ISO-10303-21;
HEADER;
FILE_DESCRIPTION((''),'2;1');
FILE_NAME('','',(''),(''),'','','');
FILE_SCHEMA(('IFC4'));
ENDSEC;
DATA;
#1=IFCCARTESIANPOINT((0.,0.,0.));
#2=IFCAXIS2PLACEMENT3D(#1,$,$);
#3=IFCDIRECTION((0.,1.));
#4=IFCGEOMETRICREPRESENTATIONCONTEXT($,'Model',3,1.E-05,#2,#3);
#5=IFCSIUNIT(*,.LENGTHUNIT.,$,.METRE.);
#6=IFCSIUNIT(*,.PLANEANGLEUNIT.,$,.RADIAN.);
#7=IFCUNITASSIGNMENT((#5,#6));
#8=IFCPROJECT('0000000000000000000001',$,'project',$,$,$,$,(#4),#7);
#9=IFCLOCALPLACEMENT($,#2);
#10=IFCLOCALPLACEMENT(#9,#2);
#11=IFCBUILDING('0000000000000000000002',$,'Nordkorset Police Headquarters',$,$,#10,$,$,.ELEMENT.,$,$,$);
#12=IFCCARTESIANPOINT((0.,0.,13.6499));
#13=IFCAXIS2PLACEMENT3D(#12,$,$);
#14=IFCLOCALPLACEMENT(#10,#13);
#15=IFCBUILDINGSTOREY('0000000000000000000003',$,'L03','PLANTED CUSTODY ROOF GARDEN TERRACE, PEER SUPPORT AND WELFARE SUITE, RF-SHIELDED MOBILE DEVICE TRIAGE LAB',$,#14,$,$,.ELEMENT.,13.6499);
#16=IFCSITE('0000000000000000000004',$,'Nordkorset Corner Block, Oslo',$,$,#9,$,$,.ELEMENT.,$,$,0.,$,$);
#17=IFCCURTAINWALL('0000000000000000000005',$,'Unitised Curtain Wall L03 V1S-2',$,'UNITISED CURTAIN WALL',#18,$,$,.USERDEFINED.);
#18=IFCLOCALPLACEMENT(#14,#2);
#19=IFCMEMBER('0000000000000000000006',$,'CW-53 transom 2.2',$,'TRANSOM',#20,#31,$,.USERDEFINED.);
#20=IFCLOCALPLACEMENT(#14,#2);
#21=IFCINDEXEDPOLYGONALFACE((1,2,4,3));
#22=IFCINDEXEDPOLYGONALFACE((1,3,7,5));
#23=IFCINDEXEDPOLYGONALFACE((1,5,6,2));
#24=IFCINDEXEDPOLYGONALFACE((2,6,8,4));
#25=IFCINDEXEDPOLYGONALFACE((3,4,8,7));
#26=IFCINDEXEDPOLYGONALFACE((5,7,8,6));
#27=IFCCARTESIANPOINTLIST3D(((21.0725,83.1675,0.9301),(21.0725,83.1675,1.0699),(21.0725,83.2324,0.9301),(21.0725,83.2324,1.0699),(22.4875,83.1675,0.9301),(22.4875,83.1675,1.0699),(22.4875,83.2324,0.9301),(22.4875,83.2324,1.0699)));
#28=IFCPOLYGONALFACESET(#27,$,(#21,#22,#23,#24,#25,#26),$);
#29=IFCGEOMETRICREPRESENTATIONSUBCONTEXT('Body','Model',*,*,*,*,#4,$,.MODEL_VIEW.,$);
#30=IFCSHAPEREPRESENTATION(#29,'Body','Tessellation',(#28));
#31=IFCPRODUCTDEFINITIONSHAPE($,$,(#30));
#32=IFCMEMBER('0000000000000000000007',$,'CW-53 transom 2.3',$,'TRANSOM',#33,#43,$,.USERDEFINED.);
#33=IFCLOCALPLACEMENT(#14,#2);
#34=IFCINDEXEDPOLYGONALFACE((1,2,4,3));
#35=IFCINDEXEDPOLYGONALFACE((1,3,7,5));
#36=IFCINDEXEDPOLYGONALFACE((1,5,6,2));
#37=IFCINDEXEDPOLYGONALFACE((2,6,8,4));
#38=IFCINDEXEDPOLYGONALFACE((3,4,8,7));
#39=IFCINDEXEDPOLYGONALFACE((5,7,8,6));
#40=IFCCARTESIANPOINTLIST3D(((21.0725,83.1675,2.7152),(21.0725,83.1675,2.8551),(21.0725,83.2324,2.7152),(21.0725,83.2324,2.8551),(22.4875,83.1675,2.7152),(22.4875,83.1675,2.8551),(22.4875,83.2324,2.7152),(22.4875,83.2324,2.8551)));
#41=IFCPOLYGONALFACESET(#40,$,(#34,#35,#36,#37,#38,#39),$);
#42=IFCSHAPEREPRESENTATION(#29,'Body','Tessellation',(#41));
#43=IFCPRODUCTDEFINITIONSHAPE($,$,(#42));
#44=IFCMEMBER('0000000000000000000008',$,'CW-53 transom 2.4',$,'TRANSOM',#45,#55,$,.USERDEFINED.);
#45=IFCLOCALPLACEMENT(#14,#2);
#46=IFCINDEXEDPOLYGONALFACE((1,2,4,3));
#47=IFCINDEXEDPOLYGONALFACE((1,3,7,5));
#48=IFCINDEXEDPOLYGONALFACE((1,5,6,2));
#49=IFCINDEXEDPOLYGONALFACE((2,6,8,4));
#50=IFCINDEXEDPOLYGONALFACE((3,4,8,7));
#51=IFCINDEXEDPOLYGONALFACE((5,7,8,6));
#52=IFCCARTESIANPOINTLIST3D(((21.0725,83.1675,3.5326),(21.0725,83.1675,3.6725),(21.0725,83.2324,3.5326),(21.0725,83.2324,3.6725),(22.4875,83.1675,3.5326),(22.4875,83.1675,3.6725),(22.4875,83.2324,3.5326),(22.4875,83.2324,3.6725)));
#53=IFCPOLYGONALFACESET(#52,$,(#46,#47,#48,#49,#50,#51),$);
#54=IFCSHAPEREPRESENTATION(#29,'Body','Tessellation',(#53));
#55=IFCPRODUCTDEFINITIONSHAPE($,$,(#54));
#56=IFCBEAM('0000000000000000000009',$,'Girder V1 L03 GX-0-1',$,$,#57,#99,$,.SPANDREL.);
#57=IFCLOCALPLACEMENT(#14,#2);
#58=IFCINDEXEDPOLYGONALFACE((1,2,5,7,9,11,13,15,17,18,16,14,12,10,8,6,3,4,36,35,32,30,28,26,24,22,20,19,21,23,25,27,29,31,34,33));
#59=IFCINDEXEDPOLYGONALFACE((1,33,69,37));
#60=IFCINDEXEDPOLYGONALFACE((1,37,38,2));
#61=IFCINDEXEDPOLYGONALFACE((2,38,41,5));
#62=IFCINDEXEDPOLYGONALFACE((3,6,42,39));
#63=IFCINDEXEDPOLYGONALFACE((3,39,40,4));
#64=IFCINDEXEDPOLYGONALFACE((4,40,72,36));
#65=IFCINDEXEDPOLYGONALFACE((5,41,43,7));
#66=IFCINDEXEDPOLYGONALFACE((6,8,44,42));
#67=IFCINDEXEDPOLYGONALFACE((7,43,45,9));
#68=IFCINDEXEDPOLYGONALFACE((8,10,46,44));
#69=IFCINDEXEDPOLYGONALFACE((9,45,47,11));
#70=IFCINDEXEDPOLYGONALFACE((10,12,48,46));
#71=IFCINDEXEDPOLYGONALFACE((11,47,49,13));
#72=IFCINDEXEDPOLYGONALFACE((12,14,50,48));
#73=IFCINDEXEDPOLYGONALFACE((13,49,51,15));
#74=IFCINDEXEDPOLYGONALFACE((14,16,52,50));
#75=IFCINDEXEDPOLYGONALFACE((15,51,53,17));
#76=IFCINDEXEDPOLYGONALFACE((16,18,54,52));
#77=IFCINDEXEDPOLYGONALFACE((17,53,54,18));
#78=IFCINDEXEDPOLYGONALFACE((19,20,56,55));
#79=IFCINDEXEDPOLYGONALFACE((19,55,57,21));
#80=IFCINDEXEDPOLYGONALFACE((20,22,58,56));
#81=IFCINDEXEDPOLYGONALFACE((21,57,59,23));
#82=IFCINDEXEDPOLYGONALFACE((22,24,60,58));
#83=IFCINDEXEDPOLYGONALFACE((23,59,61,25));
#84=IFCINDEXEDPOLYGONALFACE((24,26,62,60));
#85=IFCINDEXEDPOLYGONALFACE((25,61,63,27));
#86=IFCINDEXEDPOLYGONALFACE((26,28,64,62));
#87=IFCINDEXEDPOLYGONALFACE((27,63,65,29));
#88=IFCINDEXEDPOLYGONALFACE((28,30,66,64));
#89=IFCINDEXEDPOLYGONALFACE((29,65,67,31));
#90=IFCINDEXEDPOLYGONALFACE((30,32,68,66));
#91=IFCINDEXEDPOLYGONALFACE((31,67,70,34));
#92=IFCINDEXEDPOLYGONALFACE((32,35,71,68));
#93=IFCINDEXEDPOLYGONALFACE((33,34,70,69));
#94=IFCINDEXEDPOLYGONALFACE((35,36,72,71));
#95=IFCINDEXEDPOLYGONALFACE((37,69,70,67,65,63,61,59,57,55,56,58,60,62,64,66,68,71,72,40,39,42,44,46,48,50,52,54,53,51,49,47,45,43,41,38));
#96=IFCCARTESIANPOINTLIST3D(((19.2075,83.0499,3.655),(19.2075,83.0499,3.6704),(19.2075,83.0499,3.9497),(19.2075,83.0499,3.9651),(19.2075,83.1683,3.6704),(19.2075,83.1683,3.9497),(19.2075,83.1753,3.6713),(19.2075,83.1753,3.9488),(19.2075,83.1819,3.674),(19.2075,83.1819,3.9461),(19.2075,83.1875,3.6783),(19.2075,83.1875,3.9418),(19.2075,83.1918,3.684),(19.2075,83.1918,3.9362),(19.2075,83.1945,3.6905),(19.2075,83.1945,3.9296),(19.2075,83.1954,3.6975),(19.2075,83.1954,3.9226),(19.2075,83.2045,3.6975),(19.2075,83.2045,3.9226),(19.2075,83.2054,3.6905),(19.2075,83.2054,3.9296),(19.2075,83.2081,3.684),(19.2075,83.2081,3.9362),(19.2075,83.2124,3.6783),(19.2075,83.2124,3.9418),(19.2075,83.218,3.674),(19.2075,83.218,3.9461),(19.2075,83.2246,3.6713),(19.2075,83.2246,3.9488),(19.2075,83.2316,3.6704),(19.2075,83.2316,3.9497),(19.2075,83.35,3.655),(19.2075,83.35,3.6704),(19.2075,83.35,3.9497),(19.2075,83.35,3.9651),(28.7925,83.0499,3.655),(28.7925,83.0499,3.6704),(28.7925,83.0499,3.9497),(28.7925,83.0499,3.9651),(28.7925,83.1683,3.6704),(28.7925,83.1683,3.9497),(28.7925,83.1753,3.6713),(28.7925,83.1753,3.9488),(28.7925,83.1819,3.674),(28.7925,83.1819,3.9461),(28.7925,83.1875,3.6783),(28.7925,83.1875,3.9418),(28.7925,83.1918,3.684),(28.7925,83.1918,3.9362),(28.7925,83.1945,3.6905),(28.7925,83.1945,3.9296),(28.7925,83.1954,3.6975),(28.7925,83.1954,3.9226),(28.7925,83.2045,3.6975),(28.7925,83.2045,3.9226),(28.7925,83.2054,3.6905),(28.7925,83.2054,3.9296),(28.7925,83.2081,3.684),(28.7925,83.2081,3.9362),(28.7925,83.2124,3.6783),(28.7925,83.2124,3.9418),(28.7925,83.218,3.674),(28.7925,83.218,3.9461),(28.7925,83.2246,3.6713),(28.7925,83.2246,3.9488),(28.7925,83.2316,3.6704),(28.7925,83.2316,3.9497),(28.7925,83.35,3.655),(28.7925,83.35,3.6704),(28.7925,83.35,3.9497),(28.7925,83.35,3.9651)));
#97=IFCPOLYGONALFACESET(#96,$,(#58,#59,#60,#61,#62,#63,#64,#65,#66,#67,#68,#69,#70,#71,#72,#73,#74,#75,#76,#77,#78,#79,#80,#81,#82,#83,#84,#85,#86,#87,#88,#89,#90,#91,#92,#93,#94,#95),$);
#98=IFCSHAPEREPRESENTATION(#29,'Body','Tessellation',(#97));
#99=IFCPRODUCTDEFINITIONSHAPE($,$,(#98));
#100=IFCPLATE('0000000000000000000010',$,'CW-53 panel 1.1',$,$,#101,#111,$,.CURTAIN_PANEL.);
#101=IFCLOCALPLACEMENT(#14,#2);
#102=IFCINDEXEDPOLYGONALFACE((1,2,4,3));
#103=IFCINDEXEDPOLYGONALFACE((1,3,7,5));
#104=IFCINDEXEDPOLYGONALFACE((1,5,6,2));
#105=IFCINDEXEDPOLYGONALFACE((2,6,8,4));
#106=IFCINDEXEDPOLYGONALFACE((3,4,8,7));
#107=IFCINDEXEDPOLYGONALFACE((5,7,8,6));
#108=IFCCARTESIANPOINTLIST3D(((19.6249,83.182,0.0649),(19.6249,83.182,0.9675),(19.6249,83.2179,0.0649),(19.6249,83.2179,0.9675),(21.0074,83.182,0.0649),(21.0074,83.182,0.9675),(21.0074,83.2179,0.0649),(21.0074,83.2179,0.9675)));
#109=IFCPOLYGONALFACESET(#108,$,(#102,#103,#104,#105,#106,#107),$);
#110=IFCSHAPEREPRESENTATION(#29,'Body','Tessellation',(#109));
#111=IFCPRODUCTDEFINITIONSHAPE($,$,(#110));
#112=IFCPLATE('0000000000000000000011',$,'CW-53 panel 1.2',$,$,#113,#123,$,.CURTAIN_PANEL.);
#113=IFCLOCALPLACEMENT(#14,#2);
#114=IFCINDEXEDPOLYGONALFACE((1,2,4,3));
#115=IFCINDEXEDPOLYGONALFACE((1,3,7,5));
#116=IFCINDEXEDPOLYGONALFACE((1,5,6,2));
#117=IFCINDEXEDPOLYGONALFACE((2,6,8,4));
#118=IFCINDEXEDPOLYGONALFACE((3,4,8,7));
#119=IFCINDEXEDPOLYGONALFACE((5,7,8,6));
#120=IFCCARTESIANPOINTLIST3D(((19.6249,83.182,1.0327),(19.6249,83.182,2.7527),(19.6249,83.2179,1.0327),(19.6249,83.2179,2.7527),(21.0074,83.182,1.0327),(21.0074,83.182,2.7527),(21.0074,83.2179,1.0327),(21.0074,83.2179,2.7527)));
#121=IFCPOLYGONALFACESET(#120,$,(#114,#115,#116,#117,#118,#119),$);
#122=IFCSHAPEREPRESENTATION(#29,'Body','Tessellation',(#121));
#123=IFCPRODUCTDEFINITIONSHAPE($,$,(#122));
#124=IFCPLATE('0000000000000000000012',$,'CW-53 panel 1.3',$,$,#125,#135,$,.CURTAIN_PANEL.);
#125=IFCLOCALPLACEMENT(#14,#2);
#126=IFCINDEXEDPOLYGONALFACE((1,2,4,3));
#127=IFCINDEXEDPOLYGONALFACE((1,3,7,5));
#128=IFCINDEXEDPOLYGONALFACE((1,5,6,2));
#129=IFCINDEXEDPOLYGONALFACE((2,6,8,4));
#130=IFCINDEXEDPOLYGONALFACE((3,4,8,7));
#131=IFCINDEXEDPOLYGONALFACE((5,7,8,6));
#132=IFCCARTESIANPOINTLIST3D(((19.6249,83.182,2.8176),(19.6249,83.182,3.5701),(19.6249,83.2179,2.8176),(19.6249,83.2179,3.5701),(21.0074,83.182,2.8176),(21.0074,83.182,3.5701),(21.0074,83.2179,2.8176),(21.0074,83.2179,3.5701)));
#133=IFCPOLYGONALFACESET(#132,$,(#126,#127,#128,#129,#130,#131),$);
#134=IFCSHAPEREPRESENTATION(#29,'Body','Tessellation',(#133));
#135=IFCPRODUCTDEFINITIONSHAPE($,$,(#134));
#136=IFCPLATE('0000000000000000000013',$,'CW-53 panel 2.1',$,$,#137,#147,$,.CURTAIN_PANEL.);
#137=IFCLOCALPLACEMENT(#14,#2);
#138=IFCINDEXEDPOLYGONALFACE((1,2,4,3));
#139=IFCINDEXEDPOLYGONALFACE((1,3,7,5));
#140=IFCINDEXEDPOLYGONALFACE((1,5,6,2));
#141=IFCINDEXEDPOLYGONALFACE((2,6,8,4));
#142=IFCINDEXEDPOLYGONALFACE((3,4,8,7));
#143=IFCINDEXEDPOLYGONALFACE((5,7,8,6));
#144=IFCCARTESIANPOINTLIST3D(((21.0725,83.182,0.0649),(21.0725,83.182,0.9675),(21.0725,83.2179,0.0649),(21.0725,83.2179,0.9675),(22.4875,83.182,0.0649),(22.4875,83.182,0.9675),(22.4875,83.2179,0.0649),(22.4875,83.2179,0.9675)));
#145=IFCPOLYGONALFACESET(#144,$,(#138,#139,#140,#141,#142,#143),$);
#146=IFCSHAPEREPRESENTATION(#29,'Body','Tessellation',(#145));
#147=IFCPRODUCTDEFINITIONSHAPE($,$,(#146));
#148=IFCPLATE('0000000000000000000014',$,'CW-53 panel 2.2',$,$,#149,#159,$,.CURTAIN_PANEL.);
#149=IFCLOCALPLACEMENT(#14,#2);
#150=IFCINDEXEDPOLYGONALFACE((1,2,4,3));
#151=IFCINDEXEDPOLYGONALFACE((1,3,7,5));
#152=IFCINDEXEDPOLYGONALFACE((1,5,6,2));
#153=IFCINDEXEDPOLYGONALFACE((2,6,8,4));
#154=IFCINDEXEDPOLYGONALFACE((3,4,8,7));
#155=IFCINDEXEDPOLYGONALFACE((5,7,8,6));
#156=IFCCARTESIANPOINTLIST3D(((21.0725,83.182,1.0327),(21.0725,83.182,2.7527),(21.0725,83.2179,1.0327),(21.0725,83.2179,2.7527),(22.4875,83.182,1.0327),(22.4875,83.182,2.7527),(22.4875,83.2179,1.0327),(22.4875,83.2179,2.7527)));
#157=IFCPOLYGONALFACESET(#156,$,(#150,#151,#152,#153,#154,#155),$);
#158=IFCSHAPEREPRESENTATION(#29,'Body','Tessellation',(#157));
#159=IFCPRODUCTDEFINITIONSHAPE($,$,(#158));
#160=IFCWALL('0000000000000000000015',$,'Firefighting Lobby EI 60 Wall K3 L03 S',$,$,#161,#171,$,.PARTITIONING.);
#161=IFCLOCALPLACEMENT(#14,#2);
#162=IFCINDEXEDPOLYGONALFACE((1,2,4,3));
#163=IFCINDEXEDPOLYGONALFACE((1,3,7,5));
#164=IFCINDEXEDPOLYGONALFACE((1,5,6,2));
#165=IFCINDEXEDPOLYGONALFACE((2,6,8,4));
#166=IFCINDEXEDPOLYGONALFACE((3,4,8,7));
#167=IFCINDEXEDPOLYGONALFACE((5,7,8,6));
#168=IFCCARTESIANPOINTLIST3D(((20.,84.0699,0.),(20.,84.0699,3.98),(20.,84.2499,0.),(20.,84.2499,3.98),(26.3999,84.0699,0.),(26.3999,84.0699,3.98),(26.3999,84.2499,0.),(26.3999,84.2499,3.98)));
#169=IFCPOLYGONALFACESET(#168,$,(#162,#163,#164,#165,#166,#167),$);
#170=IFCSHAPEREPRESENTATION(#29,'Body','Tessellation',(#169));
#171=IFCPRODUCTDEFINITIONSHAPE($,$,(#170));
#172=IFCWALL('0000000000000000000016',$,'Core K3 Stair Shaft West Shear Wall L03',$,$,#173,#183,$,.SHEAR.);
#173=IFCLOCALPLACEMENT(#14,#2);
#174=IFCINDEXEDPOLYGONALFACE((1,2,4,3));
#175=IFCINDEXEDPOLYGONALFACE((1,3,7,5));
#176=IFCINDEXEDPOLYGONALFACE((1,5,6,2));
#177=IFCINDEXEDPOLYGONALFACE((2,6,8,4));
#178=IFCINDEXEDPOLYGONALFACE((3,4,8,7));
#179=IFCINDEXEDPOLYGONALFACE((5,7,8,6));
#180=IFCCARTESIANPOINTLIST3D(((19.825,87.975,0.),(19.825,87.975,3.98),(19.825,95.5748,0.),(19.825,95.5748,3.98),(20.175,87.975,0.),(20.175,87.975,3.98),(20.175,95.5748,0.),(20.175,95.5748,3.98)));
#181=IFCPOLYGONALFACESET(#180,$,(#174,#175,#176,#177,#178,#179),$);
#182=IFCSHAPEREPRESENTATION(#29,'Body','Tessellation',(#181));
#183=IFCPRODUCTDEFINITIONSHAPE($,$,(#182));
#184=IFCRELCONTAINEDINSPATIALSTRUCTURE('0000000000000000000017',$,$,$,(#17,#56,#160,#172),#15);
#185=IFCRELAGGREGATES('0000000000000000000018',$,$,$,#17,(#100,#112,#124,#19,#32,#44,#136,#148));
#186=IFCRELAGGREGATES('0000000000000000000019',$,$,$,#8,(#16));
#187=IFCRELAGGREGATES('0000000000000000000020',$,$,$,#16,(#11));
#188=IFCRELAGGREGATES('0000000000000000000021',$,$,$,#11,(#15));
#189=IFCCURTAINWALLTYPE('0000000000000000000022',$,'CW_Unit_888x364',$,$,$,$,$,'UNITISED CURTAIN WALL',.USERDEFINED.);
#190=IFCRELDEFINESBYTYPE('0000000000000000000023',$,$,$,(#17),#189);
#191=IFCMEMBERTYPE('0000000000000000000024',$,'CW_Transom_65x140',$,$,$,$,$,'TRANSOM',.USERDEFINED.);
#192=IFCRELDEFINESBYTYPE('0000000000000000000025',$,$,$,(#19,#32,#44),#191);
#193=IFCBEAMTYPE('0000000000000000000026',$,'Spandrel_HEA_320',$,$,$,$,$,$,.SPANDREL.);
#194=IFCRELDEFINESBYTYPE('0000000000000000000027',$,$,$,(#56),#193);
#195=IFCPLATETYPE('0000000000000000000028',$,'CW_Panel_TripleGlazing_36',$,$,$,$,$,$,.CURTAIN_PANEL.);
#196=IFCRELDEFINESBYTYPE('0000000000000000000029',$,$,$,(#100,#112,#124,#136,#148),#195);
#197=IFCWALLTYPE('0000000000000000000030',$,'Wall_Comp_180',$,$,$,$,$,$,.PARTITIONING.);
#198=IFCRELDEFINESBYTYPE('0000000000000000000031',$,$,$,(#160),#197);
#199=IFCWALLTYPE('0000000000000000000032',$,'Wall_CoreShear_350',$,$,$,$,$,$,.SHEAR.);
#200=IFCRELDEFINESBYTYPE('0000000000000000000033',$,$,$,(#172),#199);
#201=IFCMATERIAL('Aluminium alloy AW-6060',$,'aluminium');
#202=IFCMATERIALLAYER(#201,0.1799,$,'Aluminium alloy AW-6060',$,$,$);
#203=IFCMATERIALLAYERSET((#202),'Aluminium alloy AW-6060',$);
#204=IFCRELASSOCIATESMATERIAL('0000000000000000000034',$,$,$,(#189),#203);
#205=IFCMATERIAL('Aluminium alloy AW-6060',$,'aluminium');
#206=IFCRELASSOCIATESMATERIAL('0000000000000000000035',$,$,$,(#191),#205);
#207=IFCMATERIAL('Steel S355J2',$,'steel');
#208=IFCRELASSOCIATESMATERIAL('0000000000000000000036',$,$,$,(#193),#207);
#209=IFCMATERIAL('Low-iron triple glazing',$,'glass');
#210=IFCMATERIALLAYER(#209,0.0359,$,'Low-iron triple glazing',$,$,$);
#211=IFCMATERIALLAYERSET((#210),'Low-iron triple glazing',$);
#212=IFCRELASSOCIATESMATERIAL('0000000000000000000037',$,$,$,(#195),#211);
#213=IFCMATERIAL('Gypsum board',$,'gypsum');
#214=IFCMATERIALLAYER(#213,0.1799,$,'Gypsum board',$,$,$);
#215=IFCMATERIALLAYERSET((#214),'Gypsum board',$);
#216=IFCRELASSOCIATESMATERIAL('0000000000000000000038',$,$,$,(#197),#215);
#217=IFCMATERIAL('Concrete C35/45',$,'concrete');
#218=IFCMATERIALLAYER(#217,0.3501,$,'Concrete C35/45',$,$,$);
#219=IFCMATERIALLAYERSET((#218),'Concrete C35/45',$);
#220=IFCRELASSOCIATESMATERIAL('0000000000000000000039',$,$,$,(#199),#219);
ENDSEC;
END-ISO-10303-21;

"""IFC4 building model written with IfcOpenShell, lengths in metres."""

from ifc_helpers import new_model, si_unit, direction, frame, frame_2d, origin, origin_2d, place, context, subcontext, project, spatial, rectangle, i_section, extrude, material, layer, layer_set, material_profile, profile_set, type_object, element, aggregate, save


model = new_model("IFC4")

# Units and contexts
model_context = context("Model", 3, precision=1e-05, world=origin(), true_north=direction((0.0, 1.0)))
body_context = subcontext(model_context, "Body", "Model", "MODEL_VIEW")
ifc_project = project(units=[si_unit("LENGTHUNIT", "METRE"), si_unit("PLANEANGLEUNIT", "RADIAN")], contexts=[model_context])

# Site, building, storey
site_placement = place(None, origin())
site = spatial("IfcSite", under=ifc_project, at=site_placement, Name="Nordkorset Corner Block, Oslo", CompositionType="ELEMENT", RefElevation=0.0)
building_placement = place(site_placement, origin())
building = spatial("IfcBuilding", under=site, at=building_placement, Name="Nordkorset Police Headquarters", CompositionType="ELEMENT")
storey_placement = place(building_placement, frame((0.0, 0.0, 13.6499)))
storey = spatial("IfcBuildingStorey", under=building, at=storey_placement, Name="L03", Description="PLANTED CUSTODY ROOF GARDEN TERRACE, PEER SUPPORT AND WELFARE SUITE, RF-SHIELDED MOBILE DEVICE TRIAGE LAB", CompositionType="ELEMENT", Elevation=13.6499)

# Curtain wall, members
ifc_material_1 = material(Name="Aluminium alloy AW-6060", Category="aluminium")
ifc_layer_1 = layer(ifc_material_1, 0.1799, Name="Aluminium alloy AW-6060")
ifc_layer_set_1 = layer_set([ifc_layer_1], Name="Aluminium alloy AW-6060")
curtain_wall_type = type_object("IfcCurtainWallType", Name="CW_Unit_888x364", ElementType="UNITISED CURTAIN WALL", PredefinedType="USERDEFINED", material=ifc_layer_set_1)
curtain_wall_placement = place(storey_placement, origin())
curtain_wall = element("IfcCurtainWall", 1, at=curtain_wall_placement, inside=storey, type_object=curtain_wall_type, Name="Unitised Curtain Wall L03 V1S-2", ObjectType="UNITISED CURTAIN WALL", PredefinedType="USERDEFINED")
ifc_material_2 = material(Name="Aluminium alloy AW-6060", Category="aluminium")
ifc_material_profile_1 = material_profile(ifc_material_2, rectangle(XDim=0.0649, YDim=0.1399, at=origin_2d()), Name="ALU TRAN 65x140")
ifc_profile_set_1 = profile_set([ifc_material_profile_1], Name="Aluminium alloy AW-6060")
member_type_1 = type_object("IfcMemberType", Name="CW_Transom_65x140", ElementType="TRANSOM", PredefinedType="USERDEFINED", material=ifc_profile_set_1)
member_1_placement = place(storey_placement, frame((21.0725, 83.2, 1.0), z_axis=(1.0, 0.0, 0.0), x_axis=(0.0, 1.0, 0.0)))
member_1 = element("IfcMember", 2, at=member_1_placement, type_object=member_type_1, Name="CW-53 transom 2.2", ObjectType="TRANSOM", PredefinedType="USERDEFINED", context=body_context, shape_type="SweptSolid", body=[
    extrude(rectangle(XDim=0.0649, YDim=0.1399, at=origin_2d()), origin(), (0.0, 0.0, 1.0), 1.415),
])
member_2_placement = place(storey_placement, frame((21.0725, 83.2, 2.7852), z_axis=(1.0, 0.0, 0.0), x_axis=(0.0, 1.0, 0.0)))
member_2 = element("IfcMember", 3, at=member_2_placement, type_object=member_type_1, Name="CW-53 transom 2.3", ObjectType="TRANSOM", PredefinedType="USERDEFINED", context=body_context, shape_type="SweptSolid", body=[
    extrude(rectangle(XDim=0.0649, YDim=0.1399, at=origin_2d()), origin(), (0.0, 0.0, 1.0), 1.415),
])
member_3_placement = place(storey_placement, frame((21.0725, 83.2, 3.6025), z_axis=(1.0, 0.0, 0.0), x_axis=(0.0, 1.0, 0.0)))
member_3 = element("IfcMember", 4, at=member_3_placement, type_object=member_type_1, Name="CW-53 transom 2.4", ObjectType="TRANSOM", PredefinedType="USERDEFINED", context=body_context, shape_type="SweptSolid", body=[
    extrude(rectangle(XDim=0.0649, YDim=0.1399, at=origin_2d()), origin(), (0.0, 0.0, 1.0), 1.415),
])

# Beam
ifc_material_3 = material(Name="Steel S355J2", Category="steel")
ifc_material_profile_2 = material_profile(ifc_material_3, i_section(OverallWidth=0.3, OverallDepth=0.3101, WebThickness=0.009, FlangeThickness=0.0154, FilletRadius=0.0271, at=origin_2d()), Name="HEA 320")
ifc_profile_set_2 = profile_set([ifc_material_profile_2], Name="Steel S355J2")
beam_type_1 = type_object("IfcBeamType", Name="Spandrel_HEA_320", PredefinedType="SPANDREL", material=ifc_profile_set_2)
beam_1_placement = place(storey_placement, frame((19.2075, 83.2, 3.8101), z_axis=(1.0, 0.0, 0.0), x_axis=(0.0, 1.0, 0.0)))
element("IfcBeam", 5, at=beam_1_placement, inside=storey, type_object=beam_type_1, Name="Girder V1 L03 GX-0-1", PredefinedType="SPANDREL", context=body_context, shape_type="SweptSolid", body=[
    extrude(i_section(OverallWidth=0.3, OverallDepth=0.3101, WebThickness=0.009, FlangeThickness=0.0154, FilletRadius=0.0271, at=origin_2d()), origin(), (0.0, 0.0, 1.0), 9.585),
])

# Plates
ifc_material_4 = material(Name="Low-iron triple glazing", Category="glass")
ifc_layer_2 = layer(ifc_material_4, 0.0359, Name="Low-iron triple glazing")
ifc_layer_set_2 = layer_set([ifc_layer_2], Name="Low-iron triple glazing")
plate_type = type_object("IfcPlateType", Name="CW_Panel_TripleGlazing_36", PredefinedType="CURTAIN_PANEL", material=ifc_layer_set_2)
plate_1_placement = place(storey_placement, frame((20.3162, 83.2, 0.0649), z_axis=(0.0, 0.0, 1.0), x_axis=(1.0, 0.0, 0.0)))
plate_1 = element("IfcPlate", 6, at=plate_1_placement, type_object=plate_type, Name="CW-53 panel 1.1", PredefinedType="CURTAIN_PANEL", context=body_context, shape_type="SweptSolid", body=[
    extrude(rectangle(XDim=1.3826, YDim=0.0359, at=origin_2d()), origin(), (0.0, 0.0, 1.0), 0.9026),
])
plate_2_placement = place(storey_placement, frame((20.3162, 83.2, 1.0327), z_axis=(0.0, 0.0, 1.0), x_axis=(1.0, 0.0, 0.0)))
plate_2 = element("IfcPlate", 7, at=plate_2_placement, type_object=plate_type, Name="CW-53 panel 1.2", PredefinedType="CURTAIN_PANEL", context=body_context, shape_type="SweptSolid", body=[
    extrude(rectangle(XDim=1.3826, YDim=0.0359, at=origin_2d()), origin(), (0.0, 0.0, 1.0), 1.72),
])
plate_3_placement = place(storey_placement, frame((20.3162, 83.2, 2.8176), z_axis=(0.0, 0.0, 1.0), x_axis=(1.0, 0.0, 0.0)))
plate_3 = element("IfcPlate", 8, at=plate_3_placement, type_object=plate_type, Name="CW-53 panel 1.3", PredefinedType="CURTAIN_PANEL", context=body_context, shape_type="SweptSolid", body=[
    extrude(rectangle(XDim=1.3826, YDim=0.0359, at=origin_2d()), origin(), (0.0, 0.0, 1.0), 0.7524),
])
plate_4_placement = place(storey_placement, frame((21.78, 83.2, 0.0649), z_axis=(0.0, 0.0, 1.0), x_axis=(1.0, 0.0, 0.0)))
plate_4 = element("IfcPlate", 9, at=plate_4_placement, type_object=plate_type, Name="CW-53 panel 2.1", PredefinedType="CURTAIN_PANEL", context=body_context, shape_type="SweptSolid", body=[
    extrude(rectangle(XDim=1.415, YDim=0.0359, at=origin_2d()), origin(), (0.0, 0.0, 1.0), 0.9026),
])
plate_5_placement = place(storey_placement, frame((21.78, 83.2, 1.0327), z_axis=(0.0, 0.0, 1.0), x_axis=(1.0, 0.0, 0.0)))
plate_5 = element("IfcPlate", 10, at=plate_5_placement, type_object=plate_type, Name="CW-53 panel 2.2", PredefinedType="CURTAIN_PANEL", context=body_context, shape_type="SweptSolid", body=[
    extrude(rectangle(XDim=1.415, YDim=0.0359, at=origin_2d()), origin(), (0.0, 0.0, 1.0), 1.72),
])
aggregate(curtain_wall, [plate_1, plate_2, plate_3, member_1, member_2, member_3, plate_4, plate_5])

# Wall
ifc_material_5 = material(Name="Gypsum board", Category="gypsum")
ifc_layer_3 = layer(ifc_material_5, 0.1799, Name="Gypsum board")
ifc_layer_set_3 = layer_set([ifc_layer_3], Name="Gypsum board")
wall_type_1 = type_object("IfcWallType", Name="Wall_Comp_180", PredefinedType="PARTITIONING", material=ifc_layer_set_3)
wall_1_placement = place(storey_placement, frame((20.0, 84.1599, 0.0), z_axis=(0.0, 0.0, 1.0), x_axis=(1.0, 0.0, 0.0)))
element("IfcWall", 11, at=wall_1_placement, inside=storey, type_object=wall_type_1, Name="Firefighting Lobby EI 60 Wall K3 L03 S", PredefinedType="PARTITIONING", context=body_context, shape_type="SweptSolid", body=[
    extrude(rectangle(XDim=6.3999, YDim=0.1799, at=frame_2d((3.2, 0.0))), origin(), (0.0, 0.0, 1.0), 3.98),
])

# Shared definitions
ifc_material_6 = material(Name="Concrete C35/45", Category="concrete")
ifc_layer_4 = layer(ifc_material_6, 0.3501, Name="Concrete C35/45")
ifc_layer_set_4 = layer_set([ifc_layer_4], Name="Concrete C35/45")
wall_type_2 = type_object("IfcWallType", Name="Wall_CoreShear_350", PredefinedType="SHEAR", material=ifc_layer_set_4)

# Wall
wall_2_placement = place(storey_placement, frame((20.0, 87.9751, 0.0), z_axis=(0.0, 0.0, 1.0), x_axis=(0.0, 1.0, 0.0)))
element("IfcWall", 12, at=wall_2_placement, inside=storey, type_object=wall_type_2, Name="Core K3 Stair Shaft West Shear Wall L03", PredefinedType="SHEAR", context=body_context, shape_type="SweptSolid", body=[
    extrude(rectangle(XDim=7.5999, YDim=0.3501, at=frame_2d((3.7998, 0.0))), origin(), (0.0, 0.0, 1.0), 3.98),
])

save(model, "model.ifc")
